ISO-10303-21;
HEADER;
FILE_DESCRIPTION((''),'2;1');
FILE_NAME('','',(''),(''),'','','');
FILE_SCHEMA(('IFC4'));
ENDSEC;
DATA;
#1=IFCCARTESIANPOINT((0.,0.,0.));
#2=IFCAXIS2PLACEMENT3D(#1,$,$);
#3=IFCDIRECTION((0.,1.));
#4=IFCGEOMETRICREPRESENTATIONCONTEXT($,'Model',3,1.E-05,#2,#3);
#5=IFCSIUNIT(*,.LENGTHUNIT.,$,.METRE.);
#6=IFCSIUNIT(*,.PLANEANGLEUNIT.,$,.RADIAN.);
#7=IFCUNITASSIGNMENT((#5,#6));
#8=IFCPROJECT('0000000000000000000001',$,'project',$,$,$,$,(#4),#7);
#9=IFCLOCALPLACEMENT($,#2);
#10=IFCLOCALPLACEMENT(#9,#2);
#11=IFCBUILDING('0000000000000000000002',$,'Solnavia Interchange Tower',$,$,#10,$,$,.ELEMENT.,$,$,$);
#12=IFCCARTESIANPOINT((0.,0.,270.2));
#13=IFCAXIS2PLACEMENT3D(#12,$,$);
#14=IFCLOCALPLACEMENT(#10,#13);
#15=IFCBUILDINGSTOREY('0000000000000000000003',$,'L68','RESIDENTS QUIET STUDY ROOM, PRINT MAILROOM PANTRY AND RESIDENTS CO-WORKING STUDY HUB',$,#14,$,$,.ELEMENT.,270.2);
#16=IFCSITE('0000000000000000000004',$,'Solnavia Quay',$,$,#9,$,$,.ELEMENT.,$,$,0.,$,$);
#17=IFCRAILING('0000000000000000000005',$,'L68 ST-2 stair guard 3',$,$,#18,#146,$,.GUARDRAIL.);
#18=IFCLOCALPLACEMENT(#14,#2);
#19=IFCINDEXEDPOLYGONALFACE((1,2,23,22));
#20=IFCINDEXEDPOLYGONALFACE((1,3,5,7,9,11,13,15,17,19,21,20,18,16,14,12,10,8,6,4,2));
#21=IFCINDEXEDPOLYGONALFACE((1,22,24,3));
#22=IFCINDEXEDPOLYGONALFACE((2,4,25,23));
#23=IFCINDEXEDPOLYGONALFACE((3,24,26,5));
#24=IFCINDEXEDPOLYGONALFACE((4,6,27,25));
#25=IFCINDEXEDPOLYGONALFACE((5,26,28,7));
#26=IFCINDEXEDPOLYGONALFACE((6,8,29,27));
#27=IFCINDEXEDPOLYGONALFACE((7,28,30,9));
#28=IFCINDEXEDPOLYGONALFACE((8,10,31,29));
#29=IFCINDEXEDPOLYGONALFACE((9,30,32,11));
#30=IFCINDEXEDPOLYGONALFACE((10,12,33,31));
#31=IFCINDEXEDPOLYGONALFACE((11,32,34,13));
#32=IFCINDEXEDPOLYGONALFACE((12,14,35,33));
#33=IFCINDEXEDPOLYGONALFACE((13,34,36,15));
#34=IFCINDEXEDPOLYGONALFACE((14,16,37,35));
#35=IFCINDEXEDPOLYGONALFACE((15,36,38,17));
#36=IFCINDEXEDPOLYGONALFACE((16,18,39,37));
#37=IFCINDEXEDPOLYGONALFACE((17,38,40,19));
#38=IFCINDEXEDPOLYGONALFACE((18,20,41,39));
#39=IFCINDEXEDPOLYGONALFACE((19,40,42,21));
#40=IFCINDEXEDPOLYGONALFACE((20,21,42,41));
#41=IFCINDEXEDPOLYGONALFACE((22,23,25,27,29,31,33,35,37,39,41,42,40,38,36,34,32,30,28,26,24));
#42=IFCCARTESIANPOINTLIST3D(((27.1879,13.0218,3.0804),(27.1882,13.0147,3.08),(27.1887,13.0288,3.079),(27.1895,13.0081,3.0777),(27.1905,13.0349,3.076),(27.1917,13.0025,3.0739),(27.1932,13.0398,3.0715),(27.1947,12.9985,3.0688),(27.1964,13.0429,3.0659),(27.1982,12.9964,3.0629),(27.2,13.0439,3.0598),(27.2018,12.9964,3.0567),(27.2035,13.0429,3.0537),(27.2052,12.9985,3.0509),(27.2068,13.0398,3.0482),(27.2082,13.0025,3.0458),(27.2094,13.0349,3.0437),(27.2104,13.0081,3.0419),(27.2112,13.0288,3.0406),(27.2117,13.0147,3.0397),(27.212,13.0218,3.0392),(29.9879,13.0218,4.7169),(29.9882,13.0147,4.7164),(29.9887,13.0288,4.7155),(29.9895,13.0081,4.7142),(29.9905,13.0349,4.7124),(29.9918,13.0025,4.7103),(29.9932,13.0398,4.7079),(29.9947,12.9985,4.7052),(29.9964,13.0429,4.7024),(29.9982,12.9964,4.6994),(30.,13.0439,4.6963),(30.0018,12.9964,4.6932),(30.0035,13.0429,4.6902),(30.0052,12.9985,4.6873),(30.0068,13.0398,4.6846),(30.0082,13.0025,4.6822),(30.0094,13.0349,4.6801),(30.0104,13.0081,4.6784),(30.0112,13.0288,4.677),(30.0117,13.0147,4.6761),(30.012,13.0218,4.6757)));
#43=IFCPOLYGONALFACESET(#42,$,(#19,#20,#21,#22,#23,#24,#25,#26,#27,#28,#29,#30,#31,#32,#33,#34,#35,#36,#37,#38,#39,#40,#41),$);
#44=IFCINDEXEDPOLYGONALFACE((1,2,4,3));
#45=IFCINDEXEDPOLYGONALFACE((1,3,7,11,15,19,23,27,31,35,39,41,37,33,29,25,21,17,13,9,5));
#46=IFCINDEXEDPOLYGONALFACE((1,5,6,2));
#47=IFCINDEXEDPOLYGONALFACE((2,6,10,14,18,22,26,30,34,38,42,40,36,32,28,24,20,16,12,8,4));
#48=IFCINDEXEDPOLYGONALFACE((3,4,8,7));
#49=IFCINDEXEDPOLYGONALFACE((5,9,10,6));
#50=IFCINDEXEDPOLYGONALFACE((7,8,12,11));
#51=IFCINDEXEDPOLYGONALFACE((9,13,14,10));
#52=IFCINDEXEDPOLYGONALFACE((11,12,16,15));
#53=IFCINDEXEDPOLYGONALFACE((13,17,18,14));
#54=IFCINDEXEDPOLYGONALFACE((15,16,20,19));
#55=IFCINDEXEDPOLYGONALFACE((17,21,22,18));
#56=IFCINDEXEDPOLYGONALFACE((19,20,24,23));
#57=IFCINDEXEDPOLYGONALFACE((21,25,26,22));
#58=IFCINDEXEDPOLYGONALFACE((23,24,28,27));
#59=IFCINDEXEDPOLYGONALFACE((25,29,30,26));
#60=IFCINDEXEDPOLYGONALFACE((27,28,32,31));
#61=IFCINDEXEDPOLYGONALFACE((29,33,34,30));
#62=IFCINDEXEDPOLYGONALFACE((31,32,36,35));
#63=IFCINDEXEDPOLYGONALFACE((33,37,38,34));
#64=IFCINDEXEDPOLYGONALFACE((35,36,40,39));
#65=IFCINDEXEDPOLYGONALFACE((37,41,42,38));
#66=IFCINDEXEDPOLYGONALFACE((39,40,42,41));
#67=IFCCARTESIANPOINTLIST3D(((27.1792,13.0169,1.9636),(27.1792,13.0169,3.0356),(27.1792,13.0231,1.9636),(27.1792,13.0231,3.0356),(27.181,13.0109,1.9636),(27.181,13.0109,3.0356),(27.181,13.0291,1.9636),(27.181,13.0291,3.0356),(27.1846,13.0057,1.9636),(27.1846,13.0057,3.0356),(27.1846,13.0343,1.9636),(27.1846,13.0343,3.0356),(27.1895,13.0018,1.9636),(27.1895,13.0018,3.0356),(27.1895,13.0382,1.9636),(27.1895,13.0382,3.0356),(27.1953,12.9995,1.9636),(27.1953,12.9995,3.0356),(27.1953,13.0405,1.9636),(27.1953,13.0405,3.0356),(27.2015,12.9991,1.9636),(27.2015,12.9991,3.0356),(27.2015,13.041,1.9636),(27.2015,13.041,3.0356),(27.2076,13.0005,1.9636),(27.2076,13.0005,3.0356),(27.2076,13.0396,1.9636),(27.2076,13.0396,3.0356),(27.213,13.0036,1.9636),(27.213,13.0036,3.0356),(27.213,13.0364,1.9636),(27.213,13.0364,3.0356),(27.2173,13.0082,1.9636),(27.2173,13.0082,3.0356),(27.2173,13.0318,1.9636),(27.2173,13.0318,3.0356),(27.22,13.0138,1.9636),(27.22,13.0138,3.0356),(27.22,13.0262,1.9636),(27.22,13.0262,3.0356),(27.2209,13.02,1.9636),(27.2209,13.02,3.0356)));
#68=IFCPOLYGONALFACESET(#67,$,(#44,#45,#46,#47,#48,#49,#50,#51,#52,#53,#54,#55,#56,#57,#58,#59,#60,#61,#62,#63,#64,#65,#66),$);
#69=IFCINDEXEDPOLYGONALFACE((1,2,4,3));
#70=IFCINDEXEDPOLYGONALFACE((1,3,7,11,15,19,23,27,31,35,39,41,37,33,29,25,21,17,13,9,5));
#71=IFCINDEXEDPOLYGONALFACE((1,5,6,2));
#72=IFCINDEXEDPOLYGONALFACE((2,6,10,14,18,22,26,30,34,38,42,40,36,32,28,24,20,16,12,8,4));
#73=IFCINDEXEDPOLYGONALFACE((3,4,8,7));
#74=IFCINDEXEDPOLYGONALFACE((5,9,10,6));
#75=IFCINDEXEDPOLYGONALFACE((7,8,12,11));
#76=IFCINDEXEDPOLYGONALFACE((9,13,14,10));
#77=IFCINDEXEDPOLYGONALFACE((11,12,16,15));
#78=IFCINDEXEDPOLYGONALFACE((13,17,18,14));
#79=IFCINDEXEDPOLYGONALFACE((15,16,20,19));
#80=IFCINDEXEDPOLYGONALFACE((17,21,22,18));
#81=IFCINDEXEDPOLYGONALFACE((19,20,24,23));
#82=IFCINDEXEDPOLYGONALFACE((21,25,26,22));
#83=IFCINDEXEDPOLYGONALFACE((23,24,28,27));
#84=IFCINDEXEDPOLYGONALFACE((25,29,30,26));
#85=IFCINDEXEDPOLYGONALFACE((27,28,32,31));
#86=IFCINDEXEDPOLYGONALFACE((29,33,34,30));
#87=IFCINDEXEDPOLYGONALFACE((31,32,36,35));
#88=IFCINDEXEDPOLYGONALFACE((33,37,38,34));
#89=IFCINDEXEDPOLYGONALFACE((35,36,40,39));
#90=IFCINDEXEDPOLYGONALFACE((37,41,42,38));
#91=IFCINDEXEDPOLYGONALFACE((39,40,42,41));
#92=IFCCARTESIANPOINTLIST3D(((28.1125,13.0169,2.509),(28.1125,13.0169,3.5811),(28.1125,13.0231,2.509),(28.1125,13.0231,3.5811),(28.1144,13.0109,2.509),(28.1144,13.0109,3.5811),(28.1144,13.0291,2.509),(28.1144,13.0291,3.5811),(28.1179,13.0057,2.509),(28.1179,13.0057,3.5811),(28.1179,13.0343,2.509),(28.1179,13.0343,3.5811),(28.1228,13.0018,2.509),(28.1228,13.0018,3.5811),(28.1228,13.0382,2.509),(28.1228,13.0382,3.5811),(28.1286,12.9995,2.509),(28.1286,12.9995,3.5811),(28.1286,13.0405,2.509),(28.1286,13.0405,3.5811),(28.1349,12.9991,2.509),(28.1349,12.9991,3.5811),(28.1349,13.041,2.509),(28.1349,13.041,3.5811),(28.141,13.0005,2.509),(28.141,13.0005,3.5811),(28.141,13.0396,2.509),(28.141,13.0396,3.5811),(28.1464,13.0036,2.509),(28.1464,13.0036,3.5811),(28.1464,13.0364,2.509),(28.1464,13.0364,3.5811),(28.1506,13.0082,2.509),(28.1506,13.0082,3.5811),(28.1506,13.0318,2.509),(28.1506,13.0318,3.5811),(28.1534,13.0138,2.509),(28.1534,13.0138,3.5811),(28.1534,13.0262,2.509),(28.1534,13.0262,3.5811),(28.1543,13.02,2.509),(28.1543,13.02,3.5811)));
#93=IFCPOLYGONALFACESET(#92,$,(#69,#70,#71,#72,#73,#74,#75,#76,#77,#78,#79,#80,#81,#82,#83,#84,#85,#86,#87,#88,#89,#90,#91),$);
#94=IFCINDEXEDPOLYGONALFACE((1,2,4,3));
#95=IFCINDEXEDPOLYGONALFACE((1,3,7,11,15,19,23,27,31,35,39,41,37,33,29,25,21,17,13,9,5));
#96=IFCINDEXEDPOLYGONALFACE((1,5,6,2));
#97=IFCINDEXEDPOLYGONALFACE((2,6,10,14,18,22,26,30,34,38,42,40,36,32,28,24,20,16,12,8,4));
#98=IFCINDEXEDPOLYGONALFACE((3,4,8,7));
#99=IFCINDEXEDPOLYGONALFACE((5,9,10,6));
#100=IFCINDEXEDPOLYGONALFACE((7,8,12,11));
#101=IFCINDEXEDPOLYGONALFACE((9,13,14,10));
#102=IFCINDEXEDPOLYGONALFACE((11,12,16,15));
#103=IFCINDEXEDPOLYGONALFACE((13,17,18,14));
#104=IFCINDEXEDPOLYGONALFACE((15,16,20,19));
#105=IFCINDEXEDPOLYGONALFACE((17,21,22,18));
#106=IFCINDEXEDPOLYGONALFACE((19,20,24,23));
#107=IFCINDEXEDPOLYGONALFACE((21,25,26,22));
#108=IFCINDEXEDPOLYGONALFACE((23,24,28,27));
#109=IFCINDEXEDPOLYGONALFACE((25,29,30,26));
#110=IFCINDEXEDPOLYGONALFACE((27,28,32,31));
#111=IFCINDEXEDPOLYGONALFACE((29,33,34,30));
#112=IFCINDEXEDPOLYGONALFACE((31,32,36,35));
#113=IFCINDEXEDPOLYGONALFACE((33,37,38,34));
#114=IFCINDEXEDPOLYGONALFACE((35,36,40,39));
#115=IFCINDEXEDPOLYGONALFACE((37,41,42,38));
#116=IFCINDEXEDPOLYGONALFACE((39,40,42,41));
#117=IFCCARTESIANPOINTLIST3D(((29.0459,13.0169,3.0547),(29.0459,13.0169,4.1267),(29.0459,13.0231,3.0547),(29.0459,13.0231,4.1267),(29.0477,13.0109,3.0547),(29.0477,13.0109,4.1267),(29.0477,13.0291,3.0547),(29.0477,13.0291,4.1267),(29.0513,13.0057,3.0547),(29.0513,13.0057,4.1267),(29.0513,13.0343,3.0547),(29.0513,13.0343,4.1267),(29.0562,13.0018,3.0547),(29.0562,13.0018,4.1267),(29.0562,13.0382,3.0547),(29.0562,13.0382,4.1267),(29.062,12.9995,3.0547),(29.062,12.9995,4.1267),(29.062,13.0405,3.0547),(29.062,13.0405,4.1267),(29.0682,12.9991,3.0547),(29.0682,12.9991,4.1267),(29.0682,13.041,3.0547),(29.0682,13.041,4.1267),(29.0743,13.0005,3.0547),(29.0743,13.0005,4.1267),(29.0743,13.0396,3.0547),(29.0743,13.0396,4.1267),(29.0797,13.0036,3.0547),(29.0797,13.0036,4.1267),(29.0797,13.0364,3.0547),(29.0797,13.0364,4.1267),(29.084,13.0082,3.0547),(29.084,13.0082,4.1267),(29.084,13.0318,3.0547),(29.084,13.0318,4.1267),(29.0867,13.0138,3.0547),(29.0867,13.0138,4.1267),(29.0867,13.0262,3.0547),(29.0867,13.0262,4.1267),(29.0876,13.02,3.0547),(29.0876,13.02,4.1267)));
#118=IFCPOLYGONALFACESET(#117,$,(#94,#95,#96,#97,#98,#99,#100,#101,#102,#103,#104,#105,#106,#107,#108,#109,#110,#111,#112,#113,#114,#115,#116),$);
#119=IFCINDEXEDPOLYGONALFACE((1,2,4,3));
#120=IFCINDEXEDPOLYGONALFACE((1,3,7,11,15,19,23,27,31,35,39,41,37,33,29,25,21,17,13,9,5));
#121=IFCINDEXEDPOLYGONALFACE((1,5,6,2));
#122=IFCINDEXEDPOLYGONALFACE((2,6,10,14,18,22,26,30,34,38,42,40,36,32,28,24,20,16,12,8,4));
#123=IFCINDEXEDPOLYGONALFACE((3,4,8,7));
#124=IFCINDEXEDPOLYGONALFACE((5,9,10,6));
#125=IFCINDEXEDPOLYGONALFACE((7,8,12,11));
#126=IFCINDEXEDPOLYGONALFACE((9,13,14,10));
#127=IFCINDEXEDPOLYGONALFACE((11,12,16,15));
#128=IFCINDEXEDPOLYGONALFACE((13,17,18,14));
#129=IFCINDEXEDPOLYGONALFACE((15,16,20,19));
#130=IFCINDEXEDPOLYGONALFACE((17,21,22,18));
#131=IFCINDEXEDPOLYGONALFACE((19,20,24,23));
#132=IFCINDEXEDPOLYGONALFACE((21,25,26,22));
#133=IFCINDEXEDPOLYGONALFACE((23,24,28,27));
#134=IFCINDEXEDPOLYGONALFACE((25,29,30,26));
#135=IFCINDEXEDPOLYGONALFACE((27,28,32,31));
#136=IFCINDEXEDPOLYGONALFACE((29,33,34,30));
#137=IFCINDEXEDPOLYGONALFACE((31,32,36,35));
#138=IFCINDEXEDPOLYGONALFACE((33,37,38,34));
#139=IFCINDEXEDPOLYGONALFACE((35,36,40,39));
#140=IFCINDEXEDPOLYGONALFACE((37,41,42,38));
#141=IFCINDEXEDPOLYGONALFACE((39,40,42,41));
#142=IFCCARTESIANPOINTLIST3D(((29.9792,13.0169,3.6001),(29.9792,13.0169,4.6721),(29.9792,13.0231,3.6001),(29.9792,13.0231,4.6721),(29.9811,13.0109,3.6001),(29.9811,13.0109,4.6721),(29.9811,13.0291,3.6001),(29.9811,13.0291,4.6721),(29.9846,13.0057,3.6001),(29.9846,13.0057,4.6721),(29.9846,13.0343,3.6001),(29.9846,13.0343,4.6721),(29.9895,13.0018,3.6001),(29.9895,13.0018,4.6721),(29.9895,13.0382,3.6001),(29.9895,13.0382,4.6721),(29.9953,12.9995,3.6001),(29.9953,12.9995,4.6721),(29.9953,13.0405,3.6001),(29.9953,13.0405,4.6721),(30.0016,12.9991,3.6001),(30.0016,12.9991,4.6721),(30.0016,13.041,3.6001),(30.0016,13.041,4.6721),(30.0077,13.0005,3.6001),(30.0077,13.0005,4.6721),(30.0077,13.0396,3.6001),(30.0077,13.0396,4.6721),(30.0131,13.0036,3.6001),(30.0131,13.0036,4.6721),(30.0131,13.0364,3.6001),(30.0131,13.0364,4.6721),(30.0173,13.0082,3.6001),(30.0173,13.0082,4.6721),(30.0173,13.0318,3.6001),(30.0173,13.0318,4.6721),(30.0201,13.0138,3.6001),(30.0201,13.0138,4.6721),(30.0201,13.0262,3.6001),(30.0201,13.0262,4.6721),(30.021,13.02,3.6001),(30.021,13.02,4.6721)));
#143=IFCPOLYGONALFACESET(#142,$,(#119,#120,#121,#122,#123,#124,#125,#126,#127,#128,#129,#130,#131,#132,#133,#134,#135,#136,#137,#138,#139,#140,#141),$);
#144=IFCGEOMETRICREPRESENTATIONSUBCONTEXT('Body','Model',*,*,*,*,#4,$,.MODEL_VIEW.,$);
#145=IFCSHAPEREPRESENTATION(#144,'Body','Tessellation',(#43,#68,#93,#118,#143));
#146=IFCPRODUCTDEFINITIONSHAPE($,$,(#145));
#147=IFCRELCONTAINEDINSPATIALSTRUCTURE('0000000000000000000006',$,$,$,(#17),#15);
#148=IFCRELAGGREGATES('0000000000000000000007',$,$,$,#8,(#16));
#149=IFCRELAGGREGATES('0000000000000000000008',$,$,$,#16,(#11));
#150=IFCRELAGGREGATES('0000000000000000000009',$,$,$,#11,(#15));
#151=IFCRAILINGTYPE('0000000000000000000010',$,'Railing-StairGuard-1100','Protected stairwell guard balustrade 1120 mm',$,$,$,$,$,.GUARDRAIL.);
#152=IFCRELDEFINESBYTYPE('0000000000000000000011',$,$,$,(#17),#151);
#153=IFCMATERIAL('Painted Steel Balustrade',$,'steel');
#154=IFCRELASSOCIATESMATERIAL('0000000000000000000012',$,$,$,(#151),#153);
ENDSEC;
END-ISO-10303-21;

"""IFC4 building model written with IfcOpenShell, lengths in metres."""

from ifc_helpers import new_model, si_unit, direction, frame, origin, origin_2d, place, context, subcontext, project, spatial, circle, extrude, material, type_object, element, save


model = new_model("IFC4")

# Units and contexts
model_context = context("Model", 3, precision=1e-05, world=origin(), true_north=direction((0.0, 1.0)))
body_context = subcontext(model_context, "Body", "Model", "MODEL_VIEW")
ifc_project = project(units=[si_unit("LENGTHUNIT", "METRE"), si_unit("PLANEANGLEUNIT", "RADIAN")], contexts=[model_context])

# Site, building, storey
site_placement = place(None, origin())
site = spatial("IfcSite", under=ifc_project, at=site_placement, Name="Solnavia Quay", CompositionType="ELEMENT", RefElevation=0.0)
building_placement = place(site_placement, origin())
building = spatial("IfcBuilding", under=site, at=building_placement, Name="Solnavia Interchange Tower", CompositionType="ELEMENT")
storey_placement = place(building_placement, frame((0.0, 0.0, 270.2)))
storey = spatial("IfcBuildingStorey", under=building, at=storey_placement, Name="L68", Description="RESIDENTS QUIET STUDY ROOM, PRINT MAILROOM PANTRY AND RESIDENTS CO-WORKING STUDY HUB", CompositionType="ELEMENT", Elevation=270.2)

# Railing
ifc_material_1 = material(Name="Painted Steel Balustrade", Category="steel")
railing_type_1 = type_object("IfcRailingType", Name="Railing-StairGuard-1100", Description="Protected stairwell guard balustrade 1120 mm", PredefinedType="GUARDRAIL", material=ifc_material_1)
railing_1_placement = place(storey_placement, frame((27.2, 13.02, 1.9636)))
element("IfcRailing", 1, at=railing_1_placement, inside=storey, type_object=railing_type_1, Name="L68 ST-2 stair guard 3", PredefinedType="GUARDRAIL", context=body_context, shape_type="SweptSolid", body=[
    extrude(circle(Radius=0.0239, at=origin_2d()), frame((0.0, 0.0, 1.0962), z_axis=(0.863361, 0.0, 0.504587), x_axis=(0.0, 1.0, 0.0)), (0.0, 0.0, 1.0), 3.2432),
    extrude(circle(Radius=0.021, at=origin_2d()), origin(), (0.0, 0.0, 1.0), 1.072),
    extrude(circle(Radius=0.021, at=origin_2d()), frame((0.9333, 0.0, 0.5454)), (0.0, 0.0, 1.0), 1.072),
    extrude(circle(Radius=0.021, at=origin_2d()), frame((1.8667, 0.0, 1.0911)), (0.0, 0.0, 1.0), 1.072),
    extrude(circle(Radius=0.021, at=origin_2d()), frame((2.8, 0.0, 1.6365)), (0.0, 0.0, 1.0), 1.072),
])

save(model, "model.ifc")
